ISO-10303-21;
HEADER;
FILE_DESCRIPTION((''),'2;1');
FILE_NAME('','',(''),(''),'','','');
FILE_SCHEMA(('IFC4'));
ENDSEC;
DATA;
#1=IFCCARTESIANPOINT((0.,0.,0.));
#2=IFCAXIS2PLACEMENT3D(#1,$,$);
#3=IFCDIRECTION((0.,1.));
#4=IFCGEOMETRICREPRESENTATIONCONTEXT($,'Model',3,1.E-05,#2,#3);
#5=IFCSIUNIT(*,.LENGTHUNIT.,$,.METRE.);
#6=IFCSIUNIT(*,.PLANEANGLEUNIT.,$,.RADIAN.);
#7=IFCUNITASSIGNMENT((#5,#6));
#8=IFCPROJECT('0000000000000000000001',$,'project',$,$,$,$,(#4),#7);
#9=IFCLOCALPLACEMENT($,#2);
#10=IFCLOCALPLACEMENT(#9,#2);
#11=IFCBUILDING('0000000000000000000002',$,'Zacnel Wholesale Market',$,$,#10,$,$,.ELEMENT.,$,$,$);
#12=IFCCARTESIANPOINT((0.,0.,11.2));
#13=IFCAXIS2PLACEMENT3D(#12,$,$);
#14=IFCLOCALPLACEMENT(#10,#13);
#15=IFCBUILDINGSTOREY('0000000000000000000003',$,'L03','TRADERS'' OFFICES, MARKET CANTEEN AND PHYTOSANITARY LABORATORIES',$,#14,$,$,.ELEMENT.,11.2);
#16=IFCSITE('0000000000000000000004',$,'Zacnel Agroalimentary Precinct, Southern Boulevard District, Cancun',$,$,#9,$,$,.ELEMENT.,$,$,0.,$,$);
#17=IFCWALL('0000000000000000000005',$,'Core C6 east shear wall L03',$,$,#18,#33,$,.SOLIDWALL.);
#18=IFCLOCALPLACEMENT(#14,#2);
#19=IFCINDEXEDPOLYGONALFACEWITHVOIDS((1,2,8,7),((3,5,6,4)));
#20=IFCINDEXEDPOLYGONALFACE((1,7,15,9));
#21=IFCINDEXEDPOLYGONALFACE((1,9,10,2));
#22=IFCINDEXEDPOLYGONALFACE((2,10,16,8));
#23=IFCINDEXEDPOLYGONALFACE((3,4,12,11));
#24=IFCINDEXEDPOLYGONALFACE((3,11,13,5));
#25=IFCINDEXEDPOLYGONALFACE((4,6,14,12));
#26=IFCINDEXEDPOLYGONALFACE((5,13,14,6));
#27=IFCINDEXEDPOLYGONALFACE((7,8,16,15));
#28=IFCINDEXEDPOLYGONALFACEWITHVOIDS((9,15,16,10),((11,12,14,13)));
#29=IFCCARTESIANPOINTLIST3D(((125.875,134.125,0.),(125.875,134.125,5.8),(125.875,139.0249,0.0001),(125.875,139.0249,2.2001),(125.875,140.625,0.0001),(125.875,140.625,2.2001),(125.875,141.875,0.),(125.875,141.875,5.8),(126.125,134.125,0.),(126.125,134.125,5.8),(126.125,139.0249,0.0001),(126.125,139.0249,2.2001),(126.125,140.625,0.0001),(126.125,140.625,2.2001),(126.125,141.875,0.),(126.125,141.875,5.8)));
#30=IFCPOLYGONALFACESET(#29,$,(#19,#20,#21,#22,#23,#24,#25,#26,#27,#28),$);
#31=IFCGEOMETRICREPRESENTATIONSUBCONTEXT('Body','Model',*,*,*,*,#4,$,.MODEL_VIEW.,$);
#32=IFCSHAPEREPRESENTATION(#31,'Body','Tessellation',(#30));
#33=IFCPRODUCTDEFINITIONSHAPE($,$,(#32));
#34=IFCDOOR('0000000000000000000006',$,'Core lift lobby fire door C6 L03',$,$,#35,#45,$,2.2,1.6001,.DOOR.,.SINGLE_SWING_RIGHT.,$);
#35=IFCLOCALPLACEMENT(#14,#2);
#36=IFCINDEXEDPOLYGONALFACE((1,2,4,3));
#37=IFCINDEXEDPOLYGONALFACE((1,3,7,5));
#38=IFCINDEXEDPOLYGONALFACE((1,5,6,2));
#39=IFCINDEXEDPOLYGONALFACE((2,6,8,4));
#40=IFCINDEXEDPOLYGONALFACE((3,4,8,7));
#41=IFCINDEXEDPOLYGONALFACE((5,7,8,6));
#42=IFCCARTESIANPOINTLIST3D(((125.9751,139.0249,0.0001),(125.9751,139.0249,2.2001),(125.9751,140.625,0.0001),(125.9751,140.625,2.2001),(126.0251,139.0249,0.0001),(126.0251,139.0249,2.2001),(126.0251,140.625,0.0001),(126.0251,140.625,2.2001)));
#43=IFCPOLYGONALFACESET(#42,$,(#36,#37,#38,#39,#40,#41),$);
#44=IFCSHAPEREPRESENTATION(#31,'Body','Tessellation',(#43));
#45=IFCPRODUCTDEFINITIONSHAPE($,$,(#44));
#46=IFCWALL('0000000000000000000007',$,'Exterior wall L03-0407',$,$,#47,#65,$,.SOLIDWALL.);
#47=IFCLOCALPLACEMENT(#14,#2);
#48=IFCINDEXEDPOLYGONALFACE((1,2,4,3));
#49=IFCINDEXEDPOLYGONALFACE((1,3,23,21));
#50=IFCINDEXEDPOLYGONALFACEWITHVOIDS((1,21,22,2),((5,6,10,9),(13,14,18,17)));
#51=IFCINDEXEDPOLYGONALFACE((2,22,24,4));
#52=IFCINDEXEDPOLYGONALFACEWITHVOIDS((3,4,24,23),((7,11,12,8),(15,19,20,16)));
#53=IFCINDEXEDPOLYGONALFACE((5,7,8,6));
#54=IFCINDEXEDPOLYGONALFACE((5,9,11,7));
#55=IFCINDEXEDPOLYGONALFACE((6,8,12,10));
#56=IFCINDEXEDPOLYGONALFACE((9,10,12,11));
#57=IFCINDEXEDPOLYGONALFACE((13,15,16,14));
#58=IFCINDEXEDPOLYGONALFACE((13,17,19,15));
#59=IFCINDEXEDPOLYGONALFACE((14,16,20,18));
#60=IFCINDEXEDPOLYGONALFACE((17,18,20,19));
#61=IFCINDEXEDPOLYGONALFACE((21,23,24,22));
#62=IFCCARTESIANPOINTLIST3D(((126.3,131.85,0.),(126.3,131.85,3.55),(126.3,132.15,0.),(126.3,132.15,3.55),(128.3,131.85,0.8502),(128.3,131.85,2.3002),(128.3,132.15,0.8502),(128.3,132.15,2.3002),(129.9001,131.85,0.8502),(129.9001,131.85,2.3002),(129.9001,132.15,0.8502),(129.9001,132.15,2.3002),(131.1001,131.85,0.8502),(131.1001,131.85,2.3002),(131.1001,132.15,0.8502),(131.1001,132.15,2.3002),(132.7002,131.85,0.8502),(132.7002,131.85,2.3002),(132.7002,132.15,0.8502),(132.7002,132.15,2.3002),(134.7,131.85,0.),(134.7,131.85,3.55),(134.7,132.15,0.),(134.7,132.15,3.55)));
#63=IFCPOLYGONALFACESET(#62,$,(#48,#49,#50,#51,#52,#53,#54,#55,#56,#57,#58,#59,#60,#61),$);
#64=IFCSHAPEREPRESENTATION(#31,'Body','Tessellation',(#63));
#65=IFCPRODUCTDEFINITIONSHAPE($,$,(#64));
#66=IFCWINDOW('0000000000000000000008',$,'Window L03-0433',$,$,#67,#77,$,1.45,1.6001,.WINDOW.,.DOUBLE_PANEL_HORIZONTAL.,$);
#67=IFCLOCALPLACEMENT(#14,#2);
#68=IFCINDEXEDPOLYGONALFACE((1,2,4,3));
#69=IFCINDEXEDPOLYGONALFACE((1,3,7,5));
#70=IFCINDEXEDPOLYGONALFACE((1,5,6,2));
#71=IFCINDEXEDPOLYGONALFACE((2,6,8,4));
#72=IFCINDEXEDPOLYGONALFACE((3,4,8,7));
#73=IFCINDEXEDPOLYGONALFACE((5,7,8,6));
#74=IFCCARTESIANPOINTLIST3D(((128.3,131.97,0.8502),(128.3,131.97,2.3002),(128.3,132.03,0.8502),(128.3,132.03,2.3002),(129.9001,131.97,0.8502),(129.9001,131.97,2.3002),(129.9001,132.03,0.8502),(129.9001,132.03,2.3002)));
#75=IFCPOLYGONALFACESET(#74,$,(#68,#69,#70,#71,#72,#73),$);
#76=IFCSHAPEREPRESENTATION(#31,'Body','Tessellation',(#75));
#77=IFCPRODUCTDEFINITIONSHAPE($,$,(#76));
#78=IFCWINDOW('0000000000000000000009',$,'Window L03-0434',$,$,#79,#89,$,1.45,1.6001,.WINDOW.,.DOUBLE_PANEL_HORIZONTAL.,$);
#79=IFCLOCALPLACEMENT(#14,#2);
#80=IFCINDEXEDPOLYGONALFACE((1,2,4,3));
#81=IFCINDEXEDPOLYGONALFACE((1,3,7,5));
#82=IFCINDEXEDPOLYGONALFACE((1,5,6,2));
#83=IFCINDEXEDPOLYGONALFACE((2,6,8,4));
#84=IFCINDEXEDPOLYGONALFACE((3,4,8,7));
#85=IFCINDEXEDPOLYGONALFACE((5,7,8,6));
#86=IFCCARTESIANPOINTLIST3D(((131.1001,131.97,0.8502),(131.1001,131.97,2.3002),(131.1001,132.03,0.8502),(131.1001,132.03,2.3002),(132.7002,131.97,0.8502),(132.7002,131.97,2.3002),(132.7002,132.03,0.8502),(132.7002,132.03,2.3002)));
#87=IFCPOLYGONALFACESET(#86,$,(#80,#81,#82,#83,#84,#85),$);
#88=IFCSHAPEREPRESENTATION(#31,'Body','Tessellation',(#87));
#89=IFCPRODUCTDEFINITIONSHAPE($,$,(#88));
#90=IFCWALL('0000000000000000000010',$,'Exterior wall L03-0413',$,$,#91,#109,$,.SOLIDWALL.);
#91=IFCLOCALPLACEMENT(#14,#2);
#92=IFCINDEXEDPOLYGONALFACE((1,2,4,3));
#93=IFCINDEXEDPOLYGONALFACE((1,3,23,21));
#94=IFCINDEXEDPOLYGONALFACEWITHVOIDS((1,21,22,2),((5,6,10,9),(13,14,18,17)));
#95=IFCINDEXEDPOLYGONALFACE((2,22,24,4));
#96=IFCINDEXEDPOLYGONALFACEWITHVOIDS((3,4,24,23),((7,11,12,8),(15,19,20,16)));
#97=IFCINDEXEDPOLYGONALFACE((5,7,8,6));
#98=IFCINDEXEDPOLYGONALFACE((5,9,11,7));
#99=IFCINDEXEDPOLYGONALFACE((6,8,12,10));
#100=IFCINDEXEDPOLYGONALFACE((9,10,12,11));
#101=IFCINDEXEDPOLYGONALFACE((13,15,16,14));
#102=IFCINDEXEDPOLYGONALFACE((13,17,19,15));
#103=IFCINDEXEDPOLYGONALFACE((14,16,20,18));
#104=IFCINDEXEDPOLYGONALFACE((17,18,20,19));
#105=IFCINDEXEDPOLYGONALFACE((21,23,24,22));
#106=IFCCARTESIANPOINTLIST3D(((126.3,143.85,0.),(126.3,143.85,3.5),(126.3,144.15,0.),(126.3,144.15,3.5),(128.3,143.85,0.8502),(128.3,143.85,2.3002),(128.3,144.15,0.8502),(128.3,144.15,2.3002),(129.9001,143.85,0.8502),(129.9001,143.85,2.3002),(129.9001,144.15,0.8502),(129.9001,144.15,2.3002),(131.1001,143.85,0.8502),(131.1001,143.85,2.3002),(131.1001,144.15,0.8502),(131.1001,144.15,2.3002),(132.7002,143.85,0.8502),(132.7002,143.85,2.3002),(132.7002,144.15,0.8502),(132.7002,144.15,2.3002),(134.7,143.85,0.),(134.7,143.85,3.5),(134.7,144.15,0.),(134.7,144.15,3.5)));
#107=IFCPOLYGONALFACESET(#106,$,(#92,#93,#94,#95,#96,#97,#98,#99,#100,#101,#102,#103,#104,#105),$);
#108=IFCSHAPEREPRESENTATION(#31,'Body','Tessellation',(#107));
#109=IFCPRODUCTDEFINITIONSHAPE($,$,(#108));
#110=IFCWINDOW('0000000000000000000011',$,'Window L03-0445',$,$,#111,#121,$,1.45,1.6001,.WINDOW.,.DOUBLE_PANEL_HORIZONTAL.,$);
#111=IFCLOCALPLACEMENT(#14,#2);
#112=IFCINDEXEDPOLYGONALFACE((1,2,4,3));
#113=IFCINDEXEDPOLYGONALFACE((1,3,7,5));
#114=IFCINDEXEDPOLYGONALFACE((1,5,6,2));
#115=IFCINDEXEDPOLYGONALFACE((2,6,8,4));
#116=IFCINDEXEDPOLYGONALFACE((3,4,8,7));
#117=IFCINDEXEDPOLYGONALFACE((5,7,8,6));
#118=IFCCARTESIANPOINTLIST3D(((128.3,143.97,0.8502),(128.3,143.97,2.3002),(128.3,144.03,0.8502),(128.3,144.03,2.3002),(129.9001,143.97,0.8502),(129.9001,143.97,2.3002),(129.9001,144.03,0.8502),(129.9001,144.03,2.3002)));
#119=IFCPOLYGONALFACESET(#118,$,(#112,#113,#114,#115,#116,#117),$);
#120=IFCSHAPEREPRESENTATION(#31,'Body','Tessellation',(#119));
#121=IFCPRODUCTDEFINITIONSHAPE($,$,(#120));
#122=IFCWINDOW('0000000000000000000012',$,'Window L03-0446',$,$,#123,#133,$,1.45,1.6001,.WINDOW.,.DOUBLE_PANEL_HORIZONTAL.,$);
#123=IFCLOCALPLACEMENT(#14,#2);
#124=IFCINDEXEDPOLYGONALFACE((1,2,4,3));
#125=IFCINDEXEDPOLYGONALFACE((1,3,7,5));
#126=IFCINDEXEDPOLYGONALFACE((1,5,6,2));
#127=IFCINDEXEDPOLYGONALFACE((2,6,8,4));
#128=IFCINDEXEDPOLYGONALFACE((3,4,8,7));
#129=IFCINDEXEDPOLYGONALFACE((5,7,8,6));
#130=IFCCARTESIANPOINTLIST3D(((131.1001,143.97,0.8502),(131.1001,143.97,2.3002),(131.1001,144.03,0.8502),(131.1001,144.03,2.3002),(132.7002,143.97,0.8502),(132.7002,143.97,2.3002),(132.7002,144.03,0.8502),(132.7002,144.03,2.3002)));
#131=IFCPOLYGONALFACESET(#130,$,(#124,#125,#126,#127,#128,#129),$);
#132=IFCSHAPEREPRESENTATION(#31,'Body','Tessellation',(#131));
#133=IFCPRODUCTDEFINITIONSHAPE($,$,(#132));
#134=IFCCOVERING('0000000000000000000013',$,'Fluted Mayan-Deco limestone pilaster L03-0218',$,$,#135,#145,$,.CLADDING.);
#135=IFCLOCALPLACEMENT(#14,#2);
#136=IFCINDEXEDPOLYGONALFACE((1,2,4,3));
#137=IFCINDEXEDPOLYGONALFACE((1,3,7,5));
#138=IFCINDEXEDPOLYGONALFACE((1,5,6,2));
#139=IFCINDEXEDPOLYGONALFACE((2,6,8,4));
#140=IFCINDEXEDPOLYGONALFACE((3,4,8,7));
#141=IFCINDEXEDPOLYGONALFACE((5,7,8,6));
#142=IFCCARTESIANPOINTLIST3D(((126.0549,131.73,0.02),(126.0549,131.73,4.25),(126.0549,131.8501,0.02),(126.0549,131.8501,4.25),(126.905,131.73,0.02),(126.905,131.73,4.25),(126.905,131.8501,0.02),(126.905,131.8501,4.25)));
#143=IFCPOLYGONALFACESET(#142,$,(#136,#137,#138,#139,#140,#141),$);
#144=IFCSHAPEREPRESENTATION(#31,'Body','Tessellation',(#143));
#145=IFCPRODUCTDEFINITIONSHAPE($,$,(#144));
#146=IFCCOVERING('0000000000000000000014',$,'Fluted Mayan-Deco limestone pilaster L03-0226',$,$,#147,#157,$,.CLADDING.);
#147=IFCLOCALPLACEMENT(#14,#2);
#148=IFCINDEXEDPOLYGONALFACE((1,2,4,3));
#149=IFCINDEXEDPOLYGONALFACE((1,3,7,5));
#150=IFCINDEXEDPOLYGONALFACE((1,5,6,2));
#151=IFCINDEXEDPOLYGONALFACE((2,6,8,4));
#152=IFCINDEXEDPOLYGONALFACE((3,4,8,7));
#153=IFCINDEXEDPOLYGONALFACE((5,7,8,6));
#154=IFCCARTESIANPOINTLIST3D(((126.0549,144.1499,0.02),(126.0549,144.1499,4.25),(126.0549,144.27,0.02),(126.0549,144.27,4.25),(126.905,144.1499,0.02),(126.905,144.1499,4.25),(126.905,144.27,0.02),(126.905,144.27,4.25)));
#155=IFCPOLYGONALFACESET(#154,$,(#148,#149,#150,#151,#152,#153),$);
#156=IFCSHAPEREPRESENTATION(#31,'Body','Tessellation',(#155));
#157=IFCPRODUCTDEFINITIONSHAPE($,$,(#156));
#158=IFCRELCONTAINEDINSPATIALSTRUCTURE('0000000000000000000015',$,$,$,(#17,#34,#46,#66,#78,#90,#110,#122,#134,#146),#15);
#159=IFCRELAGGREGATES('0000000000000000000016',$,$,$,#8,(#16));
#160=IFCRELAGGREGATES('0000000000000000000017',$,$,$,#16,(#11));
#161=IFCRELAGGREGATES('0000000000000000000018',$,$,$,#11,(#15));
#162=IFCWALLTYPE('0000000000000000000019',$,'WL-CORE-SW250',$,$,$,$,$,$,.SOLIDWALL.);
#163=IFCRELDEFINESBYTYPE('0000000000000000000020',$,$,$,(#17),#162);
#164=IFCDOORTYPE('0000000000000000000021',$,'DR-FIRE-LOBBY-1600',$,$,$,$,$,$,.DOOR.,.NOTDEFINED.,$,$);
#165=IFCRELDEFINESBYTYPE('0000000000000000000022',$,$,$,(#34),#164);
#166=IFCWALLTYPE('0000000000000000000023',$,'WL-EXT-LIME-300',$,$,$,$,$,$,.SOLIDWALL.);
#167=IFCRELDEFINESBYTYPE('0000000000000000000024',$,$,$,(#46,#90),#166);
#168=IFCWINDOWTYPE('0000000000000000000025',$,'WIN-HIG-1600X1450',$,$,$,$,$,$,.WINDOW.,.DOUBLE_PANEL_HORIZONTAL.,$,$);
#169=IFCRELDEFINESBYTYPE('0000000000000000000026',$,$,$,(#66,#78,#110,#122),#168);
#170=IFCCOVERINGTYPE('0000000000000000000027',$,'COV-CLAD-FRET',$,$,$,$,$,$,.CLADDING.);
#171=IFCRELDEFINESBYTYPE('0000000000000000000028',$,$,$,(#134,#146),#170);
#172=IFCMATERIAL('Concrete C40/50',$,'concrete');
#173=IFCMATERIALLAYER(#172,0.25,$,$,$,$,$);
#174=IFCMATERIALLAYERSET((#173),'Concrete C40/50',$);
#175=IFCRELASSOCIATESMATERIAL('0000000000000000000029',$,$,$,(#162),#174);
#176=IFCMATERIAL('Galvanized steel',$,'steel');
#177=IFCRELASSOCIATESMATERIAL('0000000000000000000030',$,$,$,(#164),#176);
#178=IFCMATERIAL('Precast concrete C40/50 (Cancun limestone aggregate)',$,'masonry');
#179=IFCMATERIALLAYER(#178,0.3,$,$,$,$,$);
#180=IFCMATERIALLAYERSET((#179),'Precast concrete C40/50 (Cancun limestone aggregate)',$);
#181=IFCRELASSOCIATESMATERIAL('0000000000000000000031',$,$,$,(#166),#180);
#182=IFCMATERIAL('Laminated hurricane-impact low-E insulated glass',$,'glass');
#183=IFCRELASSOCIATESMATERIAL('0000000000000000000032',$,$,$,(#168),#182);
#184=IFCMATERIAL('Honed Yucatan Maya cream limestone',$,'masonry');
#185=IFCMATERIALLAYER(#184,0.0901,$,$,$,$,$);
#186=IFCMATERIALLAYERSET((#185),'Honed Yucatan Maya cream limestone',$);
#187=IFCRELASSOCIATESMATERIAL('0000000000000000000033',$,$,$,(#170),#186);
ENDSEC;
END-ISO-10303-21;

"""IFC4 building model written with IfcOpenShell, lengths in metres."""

from ifc_helpers import new_model, si_unit, direction, frame, frame_2d, origin, origin_2d, place, context, subcontext, project, spatial, rectangle, extrude, material, layer, layer_set, type_object, element, fill, save


model = new_model("IFC4")

# Units and contexts
model_context = context("Model", 3, precision=1e-05, world=origin(), true_north=direction((0.0, 1.0)))
body_context = subcontext(model_context, "Body", "Model", "MODEL_VIEW")
ifc_project = project(units=[si_unit("LENGTHUNIT", "METRE"), si_unit("PLANEANGLEUNIT", "RADIAN")], contexts=[model_context])

# Site, building, storey
site_placement = place(None, origin())
site = spatial("IfcSite", under=ifc_project, at=site_placement, Name="Zacnel Agroalimentary Precinct, Southern Boulevard District, Cancun", CompositionType="ELEMENT", RefElevation=0.0)
building_placement = place(site_placement, origin())
building = spatial("IfcBuilding", under=site, at=building_placement, Name="Zacnel Wholesale Market", CompositionType="ELEMENT")
storey_placement = place(building_placement, frame((0.0, 0.0, 11.2)))
storey = spatial("IfcBuildingStorey", under=building, at=storey_placement, Name="L03", Description="TRADERS' OFFICES, MARKET CANTEEN AND PHYTOSANITARY LABORATORIES", CompositionType="ELEMENT", Elevation=11.2)

# Wall, opening, door
ifc_material_1 = material(Name="Concrete C40/50", Category="concrete")
ifc_layer_1 = layer(ifc_material_1, 0.25)
ifc_layer_set_1 = layer_set([ifc_layer_1], Name="Concrete C40/50")
wall_type_1 = type_object("IfcWallType", Name="WL-CORE-SW250", PredefinedType="SOLIDWALL", material=ifc_layer_set_1)
wall_1_placement = place(storey_placement, frame((126.0, 134.125, 0.0), z_axis=(0.0, 0.0, 1.0), x_axis=(0.0, 1.0, 0.0)))
wall_1 = element("IfcWall", 1, at=wall_1_placement, inside=storey, type_object=wall_type_1, Name="Core C6 east shear wall L03", PredefinedType="SOLIDWALL", context=body_context, shape_type="SweptSolid", body=[
    extrude(rectangle(XDim=7.75, YDim=0.25, at=frame_2d((3.875, 0.0))), origin(), (0.0, 0.0, 1.0), 5.8),
])
opening_1_placement = place(wall_1_placement, frame((4.8999, 0.0, 0.0)))
opening_1 = element("IfcOpeningElement", 2, at=opening_1_placement, cuts=wall_1, PredefinedType="OPENING", context=body_context, shape_type="SweptSolid", body=[
    extrude(rectangle(XDim=1.6001, YDim=2.2, at=frame_2d((0.8, 1.1001))), frame((0.0, 0.135, 0.0), z_axis=(0.0, -1.0, 0.0), x_axis=(1.0, 0.0, 0.0)), (0.0, 0.0, 1.0), 0.27),
])
ifc_material_2 = material(Name="Galvanized steel", Category="steel")
door_type = type_object("IfcDoorType", Name="DR-FIRE-LOBBY-1600", OperationType="NOTDEFINED", PredefinedType="DOOR", material=ifc_material_2)
door_placement = place(opening_1_placement, origin())
door = element("IfcDoor", 3, at=door_placement, inside=storey, type_object=door_type, Name="Core lift lobby fire door C6 L03", OperationType="SINGLE_SWING_RIGHT", OverallHeight=2.2, OverallWidth=1.6001, PredefinedType="DOOR", context=body_context, shape_type="SweptSolid", body=[
    extrude(rectangle(XDim=1.6001, YDim=2.2, at=frame_2d((0.8, 1.1001))), frame((0.0, 0.0249, 0.0), z_axis=(0.0, -1.0, 0.0), x_axis=(1.0, 0.0, 0.0)), (0.0, 0.0, 1.0), 0.05),
])
fill(opening_1, door)

# Walls, openings, windows
ifc_material_3 = material(Name="Precast concrete C40/50 (Cancun limestone aggregate)", Category="masonry")
ifc_layer_2 = layer(ifc_material_3, 0.3)
ifc_layer_set_2 = layer_set([ifc_layer_2], Name="Precast concrete C40/50 (Cancun limestone aggregate)")
wall_type_2 = type_object("IfcWallType", Name="WL-EXT-LIME-300", PredefinedType="SOLIDWALL", material=ifc_layer_set_2)
wall_2_placement = place(storey_placement, frame((126.3, 132.0, 0.0), z_axis=(0.0, 0.0, 1.0), x_axis=(1.0, 0.0, 0.0)))
wall_2 = element("IfcWall", 4, at=wall_2_placement, inside=storey, type_object=wall_type_2, Name="Exterior wall L03-0407", PredefinedType="SOLIDWALL", context=body_context, shape_type="SweptSolid", body=[
    extrude(rectangle(XDim=8.3999, YDim=0.3, at=frame_2d((4.2, 0.0))), origin(), (0.0, 0.0, 1.0), 3.55),
])
opening_2_placement = place(wall_2_placement, frame((2.0, 0.0, 0.8501)))
opening_2 = element("IfcOpeningElement", 5, at=opening_2_placement, cuts=wall_2, PredefinedType="OPENING", context=body_context, shape_type="SweptSolid", body=[
    extrude(rectangle(XDim=1.6001, YDim=1.45, at=frame_2d((0.8, 0.7251))), frame((0.0, 0.1599, 0.0), z_axis=(0.0, -1.0, 0.0), x_axis=(1.0, 0.0, 0.0)), (0.0, 0.0, 1.0), 0.3201),
])
opening_3_placement = place(wall_2_placement, frame((4.8, 0.0, 0.8501)))
opening_3 = element("IfcOpeningElement", 6, at=opening_3_placement, cuts=wall_2, PredefinedType="OPENING", context=body_context, shape_type="SweptSolid", body=[
    extrude(rectangle(XDim=1.6001, YDim=1.45, at=frame_2d((0.8, 0.7251))), frame((0.0, 0.1599, 0.0), z_axis=(0.0, -1.0, 0.0), x_axis=(1.0, 0.0, 0.0)), (0.0, 0.0, 1.0), 0.3201),
])
ifc_material_4 = material(Name="Laminated hurricane-impact low-E insulated glass", Category="glass")
window_type = type_object("IfcWindowType", Name="WIN-HIG-1600X1450", PartitioningType="DOUBLE_PANEL_HORIZONTAL", PredefinedType="WINDOW", material=ifc_material_4)
window_1_placement = place(opening_2_placement, origin())
window_1 = element("IfcWindow", 7, at=window_1_placement, inside=storey, type_object=window_type, Name="Window L03-0433", OverallHeight=1.45, OverallWidth=1.6001, PartitioningType="DOUBLE_PANEL_HORIZONTAL", PredefinedType="WINDOW", context=body_context, shape_type="SweptSolid", body=[
    extrude(rectangle(XDim=1.6001, YDim=1.45, at=frame_2d((0.8, 0.7251))), frame((0.0, 0.03, 0.0), z_axis=(0.0, -1.0, 0.0), x_axis=(1.0, 0.0, 0.0)), (0.0, 0.0, 1.0), 0.0601),
])
fill(opening_2, window_1)
window_2_placement = place(opening_3_placement, origin())
window_2 = element("IfcWindow", 8, at=window_2_placement, inside=storey, type_object=window_type, Name="Window L03-0434", OverallHeight=1.45, OverallWidth=1.6001, PartitioningType="DOUBLE_PANEL_HORIZONTAL", PredefinedType="WINDOW", context=body_context, shape_type="SweptSolid", body=[
    extrude(rectangle(XDim=1.6001, YDim=1.45, at=frame_2d((0.8, 0.7251))), frame((0.0, 0.03, 0.0), z_axis=(0.0, -1.0, 0.0), x_axis=(1.0, 0.0, 0.0)), (0.0, 0.0, 1.0), 0.0601),
])
fill(opening_3, window_2)
wall_3_placement = place(storey_placement, frame((126.3, 144.0, 0.0), z_axis=(0.0, 0.0, 1.0), x_axis=(1.0, 0.0, 0.0)))
wall_3 = element("IfcWall", 9, at=wall_3_placement, inside=storey, type_object=wall_type_2, Name="Exterior wall L03-0413", PredefinedType="SOLIDWALL", context=body_context, shape_type="SweptSolid", body=[
    extrude(rectangle(XDim=8.3999, YDim=0.3, at=frame_2d((4.2, 0.0))), origin(), (0.0, 0.0, 1.0), 3.5),
])
opening_4_placement = place(wall_3_placement, frame((2.0, 0.0, 0.8501)))
opening_4 = element("IfcOpeningElement", 10, at=opening_4_placement, cuts=wall_3, PredefinedType="OPENING", context=body_context, shape_type="SweptSolid", body=[
    extrude(rectangle(XDim=1.6001, YDim=1.45, at=frame_2d((0.8, 0.7251))), frame((0.0, 0.1599, 0.0), z_axis=(0.0, -1.0, 0.0), x_axis=(1.0, 0.0, 0.0)), (0.0, 0.0, 1.0), 0.3201),
])
opening_5_placement = place(wall_3_placement, frame((4.8, 0.0, 0.8501)))
opening_5 = element("IfcOpeningElement", 11, at=opening_5_placement, cuts=wall_3, PredefinedType="OPENING", context=body_context, shape_type="SweptSolid", body=[
    extrude(rectangle(XDim=1.6001, YDim=1.45, at=frame_2d((0.8, 0.7251))), frame((0.0, 0.1599, 0.0), z_axis=(0.0, -1.0, 0.0), x_axis=(1.0, 0.0, 0.0)), (0.0, 0.0, 1.0), 0.3201),
])
window_3_placement = place(opening_4_placement, origin())
window_3 = element("IfcWindow", 12, at=window_3_placement, inside=storey, type_object=window_type, Name="Window L03-0445", OverallHeight=1.45, OverallWidth=1.6001, PartitioningType="DOUBLE_PANEL_HORIZONTAL", PredefinedType="WINDOW", context=body_context, shape_type="SweptSolid", body=[
    extrude(rectangle(XDim=1.6001, YDim=1.45, at=frame_2d((0.8, 0.7251))), frame((0.0, 0.03, 0.0), z_axis=(0.0, -1.0, 0.0), x_axis=(1.0, 0.0, 0.0)), (0.0, 0.0, 1.0), 0.0601),
])
fill(opening_4, window_3)
window_4_placement = place(opening_5_placement, origin())
window_4 = element("IfcWindow", 13, at=window_4_placement, inside=storey, type_object=window_type, Name="Window L03-0446", OverallHeight=1.45, OverallWidth=1.6001, PartitioningType="DOUBLE_PANEL_HORIZONTAL", PredefinedType="WINDOW", context=body_context, shape_type="SweptSolid", body=[
    extrude(rectangle(XDim=1.6001, YDim=1.45, at=frame_2d((0.8, 0.7251))), frame((0.0, 0.03, 0.0), z_axis=(0.0, -1.0, 0.0), x_axis=(1.0, 0.0, 0.0)), (0.0, 0.0, 1.0), 0.0601),
])
fill(opening_5, window_4)

# Coverings
ifc_material_5 = material(Name="Honed Yucatan Maya cream limestone", Category="masonry")
ifc_layer_3 = layer(ifc_material_5, 0.0901)
ifc_layer_set_3 = layer_set([ifc_layer_3], Name="Honed Yucatan Maya cream limestone")
covering_type = type_object("IfcCoveringType", Name="COV-CLAD-FRET", PredefinedType="CLADDING", material=ifc_layer_set_3)
for number, where, z_axis, x_axis, name in (
    (14, (126.48, 131.79, 0.02), (0.0, 0.0, 1.0), (1.0, 0.0, 0.0), "Fluted Mayan-Deco limestone pilaster L03-0218"),
    (15, (126.48, 144.21, 0.02), (0.0, 0.0, 1.0), (1.0, 0.0, 0.0), "Fluted Mayan-Deco limestone pilaster L03-0226"),
):
    element("IfcCovering", number, at=place(storey_placement, frame(where, z_axis=z_axis, x_axis=x_axis)), inside=storey, type_object=covering_type, Name=name, PredefinedType="CLADDING", context=body_context, shape_type="SweptSolid", body=[
        extrude(rectangle(XDim=0.8501, YDim=0.1201, at=origin_2d()), origin(), (0.0, 0.0, 1.0), 4.23),
    ])

save(model, "model.ifc")
